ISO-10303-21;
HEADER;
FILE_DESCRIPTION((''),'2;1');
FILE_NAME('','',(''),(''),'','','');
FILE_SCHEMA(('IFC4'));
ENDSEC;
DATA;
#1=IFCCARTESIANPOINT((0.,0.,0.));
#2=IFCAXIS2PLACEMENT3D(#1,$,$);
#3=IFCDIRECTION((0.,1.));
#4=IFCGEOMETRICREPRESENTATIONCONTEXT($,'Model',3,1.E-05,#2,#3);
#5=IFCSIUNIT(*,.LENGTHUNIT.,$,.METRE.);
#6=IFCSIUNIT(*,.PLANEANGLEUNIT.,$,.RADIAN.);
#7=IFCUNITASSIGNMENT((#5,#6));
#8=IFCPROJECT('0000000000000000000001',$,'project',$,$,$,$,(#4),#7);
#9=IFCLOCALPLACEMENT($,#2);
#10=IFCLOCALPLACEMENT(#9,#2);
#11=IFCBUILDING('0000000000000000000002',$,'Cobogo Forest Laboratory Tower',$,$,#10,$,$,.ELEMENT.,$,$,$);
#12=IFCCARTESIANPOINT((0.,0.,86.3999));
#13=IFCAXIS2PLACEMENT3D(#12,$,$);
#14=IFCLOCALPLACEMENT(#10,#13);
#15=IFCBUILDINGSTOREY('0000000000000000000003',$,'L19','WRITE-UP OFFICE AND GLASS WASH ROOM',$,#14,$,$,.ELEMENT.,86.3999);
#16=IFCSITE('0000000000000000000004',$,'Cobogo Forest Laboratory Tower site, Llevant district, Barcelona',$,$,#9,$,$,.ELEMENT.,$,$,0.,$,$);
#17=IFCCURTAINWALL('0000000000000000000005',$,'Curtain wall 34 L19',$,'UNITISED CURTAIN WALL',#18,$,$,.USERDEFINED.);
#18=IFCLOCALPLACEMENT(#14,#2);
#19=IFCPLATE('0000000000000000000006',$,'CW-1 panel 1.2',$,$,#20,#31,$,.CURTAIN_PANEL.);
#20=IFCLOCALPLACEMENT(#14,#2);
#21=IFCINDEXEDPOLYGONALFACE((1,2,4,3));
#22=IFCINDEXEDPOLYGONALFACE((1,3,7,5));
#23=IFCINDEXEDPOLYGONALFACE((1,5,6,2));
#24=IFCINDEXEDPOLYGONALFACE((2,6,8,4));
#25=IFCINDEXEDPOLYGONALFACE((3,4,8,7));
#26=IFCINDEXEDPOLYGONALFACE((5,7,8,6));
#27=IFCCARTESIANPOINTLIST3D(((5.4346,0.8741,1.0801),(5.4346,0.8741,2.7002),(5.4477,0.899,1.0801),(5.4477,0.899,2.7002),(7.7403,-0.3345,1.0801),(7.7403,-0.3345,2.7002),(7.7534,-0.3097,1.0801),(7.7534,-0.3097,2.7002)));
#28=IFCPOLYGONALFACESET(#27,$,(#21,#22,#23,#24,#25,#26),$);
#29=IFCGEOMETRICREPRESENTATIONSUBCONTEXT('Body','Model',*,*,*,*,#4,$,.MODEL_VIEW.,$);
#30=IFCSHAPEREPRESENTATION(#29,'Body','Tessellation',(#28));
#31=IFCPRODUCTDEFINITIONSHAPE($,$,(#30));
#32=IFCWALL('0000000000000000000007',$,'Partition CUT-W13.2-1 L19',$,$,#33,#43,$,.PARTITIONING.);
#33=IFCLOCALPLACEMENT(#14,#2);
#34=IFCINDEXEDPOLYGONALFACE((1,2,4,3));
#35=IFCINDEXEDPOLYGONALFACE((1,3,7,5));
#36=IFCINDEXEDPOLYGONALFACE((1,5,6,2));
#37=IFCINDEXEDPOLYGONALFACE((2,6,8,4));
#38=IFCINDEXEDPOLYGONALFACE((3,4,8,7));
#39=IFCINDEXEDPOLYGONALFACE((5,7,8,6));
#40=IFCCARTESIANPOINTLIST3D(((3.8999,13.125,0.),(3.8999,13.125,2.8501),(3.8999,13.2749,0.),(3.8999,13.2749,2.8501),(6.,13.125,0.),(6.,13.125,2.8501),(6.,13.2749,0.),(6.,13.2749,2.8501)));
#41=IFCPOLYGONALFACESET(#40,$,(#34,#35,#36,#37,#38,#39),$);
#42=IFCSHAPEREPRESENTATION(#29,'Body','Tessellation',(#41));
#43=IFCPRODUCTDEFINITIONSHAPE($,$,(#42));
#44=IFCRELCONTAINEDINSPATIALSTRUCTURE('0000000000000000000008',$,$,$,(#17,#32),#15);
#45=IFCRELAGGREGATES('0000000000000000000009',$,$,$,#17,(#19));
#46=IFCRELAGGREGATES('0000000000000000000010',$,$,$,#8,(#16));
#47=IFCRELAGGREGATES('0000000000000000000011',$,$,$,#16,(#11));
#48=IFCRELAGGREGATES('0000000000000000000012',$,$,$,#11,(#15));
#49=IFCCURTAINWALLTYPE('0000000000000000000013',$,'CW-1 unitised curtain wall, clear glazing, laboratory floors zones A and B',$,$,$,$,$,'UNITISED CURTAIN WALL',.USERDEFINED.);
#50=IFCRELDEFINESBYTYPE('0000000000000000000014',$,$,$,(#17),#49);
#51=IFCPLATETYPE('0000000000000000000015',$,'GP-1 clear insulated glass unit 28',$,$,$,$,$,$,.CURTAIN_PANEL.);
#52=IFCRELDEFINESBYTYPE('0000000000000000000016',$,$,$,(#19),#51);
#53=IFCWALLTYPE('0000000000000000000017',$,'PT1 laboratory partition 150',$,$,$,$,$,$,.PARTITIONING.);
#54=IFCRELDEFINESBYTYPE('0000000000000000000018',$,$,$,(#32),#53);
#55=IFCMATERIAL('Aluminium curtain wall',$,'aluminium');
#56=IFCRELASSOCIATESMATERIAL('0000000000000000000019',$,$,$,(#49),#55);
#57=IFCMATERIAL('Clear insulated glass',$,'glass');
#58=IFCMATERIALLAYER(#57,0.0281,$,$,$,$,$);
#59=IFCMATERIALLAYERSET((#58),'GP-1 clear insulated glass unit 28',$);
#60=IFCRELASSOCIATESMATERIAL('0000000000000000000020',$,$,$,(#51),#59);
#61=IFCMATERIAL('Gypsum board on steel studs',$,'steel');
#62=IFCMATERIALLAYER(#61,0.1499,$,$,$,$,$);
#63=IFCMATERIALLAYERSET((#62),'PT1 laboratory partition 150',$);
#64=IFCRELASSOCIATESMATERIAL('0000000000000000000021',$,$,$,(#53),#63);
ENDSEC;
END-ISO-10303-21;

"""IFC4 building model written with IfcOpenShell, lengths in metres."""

from ifc_helpers import new_model, si_unit, direction, frame, frame_2d, origin, origin_2d, place, context, subcontext, project, spatial, rectangle, extrude, material, layer, layer_set, type_object, element, aggregate, save


model = new_model("IFC4")

# Units and contexts
model_context = context("Model", 3, precision=1e-05, world=origin(), true_north=direction((0.0, 1.0)))
body_context = subcontext(model_context, "Body", "Model", "MODEL_VIEW")
ifc_project = project(units=[si_unit("LENGTHUNIT", "METRE"), si_unit("PLANEANGLEUNIT", "RADIAN")], contexts=[model_context])

# Site, building, storey
site_placement = place(None, origin())
site = spatial("IfcSite", under=ifc_project, at=site_placement, Name="Cobogo Forest Laboratory Tower site, Llevant district, Barcelona", CompositionType="ELEMENT", RefElevation=0.0)
building_placement = place(site_placement, origin())
building = spatial("IfcBuilding", under=site, at=building_placement, Name="Cobogo Forest Laboratory Tower", CompositionType="ELEMENT")
storey_placement = place(building_placement, frame((0.0, 0.0, 86.3999)))
storey = spatial("IfcBuildingStorey", under=building, at=storey_placement, Name="L19", Description="WRITE-UP OFFICE AND GLASS WASH ROOM", CompositionType="ELEMENT", Elevation=86.3999)

# Shared definitions
ifc_material_1 = material(Name="Aluminium curtain wall", Category="aluminium")
curtain_wall_type = type_object("IfcCurtainWallType", Name="CW-1 unitised curtain wall, clear glazing, laboratory floors zones A and B", ElementType="UNITISED CURTAIN WALL", PredefinedType="USERDEFINED", material=ifc_material_1)

# Curtain wall
curtain_wall_1_placement = place(storey_placement, origin())
curtain_wall_1 = element("IfcCurtainWall", 1, at=curtain_wall_1_placement, inside=storey, type_object=curtain_wall_type, Name="Curtain wall 34 L19", ObjectType="UNITISED CURTAIN WALL", PredefinedType="USERDEFINED")

# Plate
ifc_material_2 = material(Name="Clear insulated glass", Category="glass")
ifc_layer_1 = layer(ifc_material_2, 0.0281)
ifc_layer_set_1 = layer_set([ifc_layer_1], Name="GP-1 clear insulated glass unit 28")
plate_type = type_object("IfcPlateType", Name="GP-1 clear insulated glass unit 28", PredefinedType="CURTAIN_PANEL", material=ifc_layer_set_1)
plate_1_placement = place(storey_placement, frame((6.594, 0.2822, 1.0801), z_axis=(0.0, 0.0, 1.0), x_axis=(0.885687, -0.464284, 0.0)))
plate_1 = element("IfcPlate", 2, at=plate_1_placement, type_object=plate_type, Name="CW-1 panel 1.2", PredefinedType="CURTAIN_PANEL", context=body_context, shape_type="SweptSolid", body=[
    extrude(rectangle(XDim=2.6033, YDim=0.0281, at=origin_2d()), origin(), (0.0, 0.0, 1.0), 1.6201),
])
aggregate(curtain_wall_1, [plate_1])

# Wall
ifc_material_3 = material(Name="Gypsum board on steel studs", Category="steel")
ifc_layer_2 = layer(ifc_material_3, 0.1499)
ifc_layer_set_2 = layer_set([ifc_layer_2], Name="PT1 laboratory partition 150")
wall_type = type_object("IfcWallType", Name="PT1 laboratory partition 150", PredefinedType="PARTITIONING", material=ifc_layer_set_2)
wall_placement = place(storey_placement, frame((3.8999, 13.2, 0.0), z_axis=(0.0, 0.0, 1.0), x_axis=(1.0, 0.0, 0.0)))
element("IfcWall", 3, at=wall_placement, inside=storey, type_object=wall_type, Name="Partition CUT-W13.2-1 L19", PredefinedType="PARTITIONING", context=body_context, shape_type="SweptSolid", body=[
    extrude(rectangle(XDim=2.1001, YDim=0.1499, at=frame_2d((1.05, 0.0))), origin(), (0.0, 0.0, 1.0), 2.8501),
])

save(model, "model.ifc")
